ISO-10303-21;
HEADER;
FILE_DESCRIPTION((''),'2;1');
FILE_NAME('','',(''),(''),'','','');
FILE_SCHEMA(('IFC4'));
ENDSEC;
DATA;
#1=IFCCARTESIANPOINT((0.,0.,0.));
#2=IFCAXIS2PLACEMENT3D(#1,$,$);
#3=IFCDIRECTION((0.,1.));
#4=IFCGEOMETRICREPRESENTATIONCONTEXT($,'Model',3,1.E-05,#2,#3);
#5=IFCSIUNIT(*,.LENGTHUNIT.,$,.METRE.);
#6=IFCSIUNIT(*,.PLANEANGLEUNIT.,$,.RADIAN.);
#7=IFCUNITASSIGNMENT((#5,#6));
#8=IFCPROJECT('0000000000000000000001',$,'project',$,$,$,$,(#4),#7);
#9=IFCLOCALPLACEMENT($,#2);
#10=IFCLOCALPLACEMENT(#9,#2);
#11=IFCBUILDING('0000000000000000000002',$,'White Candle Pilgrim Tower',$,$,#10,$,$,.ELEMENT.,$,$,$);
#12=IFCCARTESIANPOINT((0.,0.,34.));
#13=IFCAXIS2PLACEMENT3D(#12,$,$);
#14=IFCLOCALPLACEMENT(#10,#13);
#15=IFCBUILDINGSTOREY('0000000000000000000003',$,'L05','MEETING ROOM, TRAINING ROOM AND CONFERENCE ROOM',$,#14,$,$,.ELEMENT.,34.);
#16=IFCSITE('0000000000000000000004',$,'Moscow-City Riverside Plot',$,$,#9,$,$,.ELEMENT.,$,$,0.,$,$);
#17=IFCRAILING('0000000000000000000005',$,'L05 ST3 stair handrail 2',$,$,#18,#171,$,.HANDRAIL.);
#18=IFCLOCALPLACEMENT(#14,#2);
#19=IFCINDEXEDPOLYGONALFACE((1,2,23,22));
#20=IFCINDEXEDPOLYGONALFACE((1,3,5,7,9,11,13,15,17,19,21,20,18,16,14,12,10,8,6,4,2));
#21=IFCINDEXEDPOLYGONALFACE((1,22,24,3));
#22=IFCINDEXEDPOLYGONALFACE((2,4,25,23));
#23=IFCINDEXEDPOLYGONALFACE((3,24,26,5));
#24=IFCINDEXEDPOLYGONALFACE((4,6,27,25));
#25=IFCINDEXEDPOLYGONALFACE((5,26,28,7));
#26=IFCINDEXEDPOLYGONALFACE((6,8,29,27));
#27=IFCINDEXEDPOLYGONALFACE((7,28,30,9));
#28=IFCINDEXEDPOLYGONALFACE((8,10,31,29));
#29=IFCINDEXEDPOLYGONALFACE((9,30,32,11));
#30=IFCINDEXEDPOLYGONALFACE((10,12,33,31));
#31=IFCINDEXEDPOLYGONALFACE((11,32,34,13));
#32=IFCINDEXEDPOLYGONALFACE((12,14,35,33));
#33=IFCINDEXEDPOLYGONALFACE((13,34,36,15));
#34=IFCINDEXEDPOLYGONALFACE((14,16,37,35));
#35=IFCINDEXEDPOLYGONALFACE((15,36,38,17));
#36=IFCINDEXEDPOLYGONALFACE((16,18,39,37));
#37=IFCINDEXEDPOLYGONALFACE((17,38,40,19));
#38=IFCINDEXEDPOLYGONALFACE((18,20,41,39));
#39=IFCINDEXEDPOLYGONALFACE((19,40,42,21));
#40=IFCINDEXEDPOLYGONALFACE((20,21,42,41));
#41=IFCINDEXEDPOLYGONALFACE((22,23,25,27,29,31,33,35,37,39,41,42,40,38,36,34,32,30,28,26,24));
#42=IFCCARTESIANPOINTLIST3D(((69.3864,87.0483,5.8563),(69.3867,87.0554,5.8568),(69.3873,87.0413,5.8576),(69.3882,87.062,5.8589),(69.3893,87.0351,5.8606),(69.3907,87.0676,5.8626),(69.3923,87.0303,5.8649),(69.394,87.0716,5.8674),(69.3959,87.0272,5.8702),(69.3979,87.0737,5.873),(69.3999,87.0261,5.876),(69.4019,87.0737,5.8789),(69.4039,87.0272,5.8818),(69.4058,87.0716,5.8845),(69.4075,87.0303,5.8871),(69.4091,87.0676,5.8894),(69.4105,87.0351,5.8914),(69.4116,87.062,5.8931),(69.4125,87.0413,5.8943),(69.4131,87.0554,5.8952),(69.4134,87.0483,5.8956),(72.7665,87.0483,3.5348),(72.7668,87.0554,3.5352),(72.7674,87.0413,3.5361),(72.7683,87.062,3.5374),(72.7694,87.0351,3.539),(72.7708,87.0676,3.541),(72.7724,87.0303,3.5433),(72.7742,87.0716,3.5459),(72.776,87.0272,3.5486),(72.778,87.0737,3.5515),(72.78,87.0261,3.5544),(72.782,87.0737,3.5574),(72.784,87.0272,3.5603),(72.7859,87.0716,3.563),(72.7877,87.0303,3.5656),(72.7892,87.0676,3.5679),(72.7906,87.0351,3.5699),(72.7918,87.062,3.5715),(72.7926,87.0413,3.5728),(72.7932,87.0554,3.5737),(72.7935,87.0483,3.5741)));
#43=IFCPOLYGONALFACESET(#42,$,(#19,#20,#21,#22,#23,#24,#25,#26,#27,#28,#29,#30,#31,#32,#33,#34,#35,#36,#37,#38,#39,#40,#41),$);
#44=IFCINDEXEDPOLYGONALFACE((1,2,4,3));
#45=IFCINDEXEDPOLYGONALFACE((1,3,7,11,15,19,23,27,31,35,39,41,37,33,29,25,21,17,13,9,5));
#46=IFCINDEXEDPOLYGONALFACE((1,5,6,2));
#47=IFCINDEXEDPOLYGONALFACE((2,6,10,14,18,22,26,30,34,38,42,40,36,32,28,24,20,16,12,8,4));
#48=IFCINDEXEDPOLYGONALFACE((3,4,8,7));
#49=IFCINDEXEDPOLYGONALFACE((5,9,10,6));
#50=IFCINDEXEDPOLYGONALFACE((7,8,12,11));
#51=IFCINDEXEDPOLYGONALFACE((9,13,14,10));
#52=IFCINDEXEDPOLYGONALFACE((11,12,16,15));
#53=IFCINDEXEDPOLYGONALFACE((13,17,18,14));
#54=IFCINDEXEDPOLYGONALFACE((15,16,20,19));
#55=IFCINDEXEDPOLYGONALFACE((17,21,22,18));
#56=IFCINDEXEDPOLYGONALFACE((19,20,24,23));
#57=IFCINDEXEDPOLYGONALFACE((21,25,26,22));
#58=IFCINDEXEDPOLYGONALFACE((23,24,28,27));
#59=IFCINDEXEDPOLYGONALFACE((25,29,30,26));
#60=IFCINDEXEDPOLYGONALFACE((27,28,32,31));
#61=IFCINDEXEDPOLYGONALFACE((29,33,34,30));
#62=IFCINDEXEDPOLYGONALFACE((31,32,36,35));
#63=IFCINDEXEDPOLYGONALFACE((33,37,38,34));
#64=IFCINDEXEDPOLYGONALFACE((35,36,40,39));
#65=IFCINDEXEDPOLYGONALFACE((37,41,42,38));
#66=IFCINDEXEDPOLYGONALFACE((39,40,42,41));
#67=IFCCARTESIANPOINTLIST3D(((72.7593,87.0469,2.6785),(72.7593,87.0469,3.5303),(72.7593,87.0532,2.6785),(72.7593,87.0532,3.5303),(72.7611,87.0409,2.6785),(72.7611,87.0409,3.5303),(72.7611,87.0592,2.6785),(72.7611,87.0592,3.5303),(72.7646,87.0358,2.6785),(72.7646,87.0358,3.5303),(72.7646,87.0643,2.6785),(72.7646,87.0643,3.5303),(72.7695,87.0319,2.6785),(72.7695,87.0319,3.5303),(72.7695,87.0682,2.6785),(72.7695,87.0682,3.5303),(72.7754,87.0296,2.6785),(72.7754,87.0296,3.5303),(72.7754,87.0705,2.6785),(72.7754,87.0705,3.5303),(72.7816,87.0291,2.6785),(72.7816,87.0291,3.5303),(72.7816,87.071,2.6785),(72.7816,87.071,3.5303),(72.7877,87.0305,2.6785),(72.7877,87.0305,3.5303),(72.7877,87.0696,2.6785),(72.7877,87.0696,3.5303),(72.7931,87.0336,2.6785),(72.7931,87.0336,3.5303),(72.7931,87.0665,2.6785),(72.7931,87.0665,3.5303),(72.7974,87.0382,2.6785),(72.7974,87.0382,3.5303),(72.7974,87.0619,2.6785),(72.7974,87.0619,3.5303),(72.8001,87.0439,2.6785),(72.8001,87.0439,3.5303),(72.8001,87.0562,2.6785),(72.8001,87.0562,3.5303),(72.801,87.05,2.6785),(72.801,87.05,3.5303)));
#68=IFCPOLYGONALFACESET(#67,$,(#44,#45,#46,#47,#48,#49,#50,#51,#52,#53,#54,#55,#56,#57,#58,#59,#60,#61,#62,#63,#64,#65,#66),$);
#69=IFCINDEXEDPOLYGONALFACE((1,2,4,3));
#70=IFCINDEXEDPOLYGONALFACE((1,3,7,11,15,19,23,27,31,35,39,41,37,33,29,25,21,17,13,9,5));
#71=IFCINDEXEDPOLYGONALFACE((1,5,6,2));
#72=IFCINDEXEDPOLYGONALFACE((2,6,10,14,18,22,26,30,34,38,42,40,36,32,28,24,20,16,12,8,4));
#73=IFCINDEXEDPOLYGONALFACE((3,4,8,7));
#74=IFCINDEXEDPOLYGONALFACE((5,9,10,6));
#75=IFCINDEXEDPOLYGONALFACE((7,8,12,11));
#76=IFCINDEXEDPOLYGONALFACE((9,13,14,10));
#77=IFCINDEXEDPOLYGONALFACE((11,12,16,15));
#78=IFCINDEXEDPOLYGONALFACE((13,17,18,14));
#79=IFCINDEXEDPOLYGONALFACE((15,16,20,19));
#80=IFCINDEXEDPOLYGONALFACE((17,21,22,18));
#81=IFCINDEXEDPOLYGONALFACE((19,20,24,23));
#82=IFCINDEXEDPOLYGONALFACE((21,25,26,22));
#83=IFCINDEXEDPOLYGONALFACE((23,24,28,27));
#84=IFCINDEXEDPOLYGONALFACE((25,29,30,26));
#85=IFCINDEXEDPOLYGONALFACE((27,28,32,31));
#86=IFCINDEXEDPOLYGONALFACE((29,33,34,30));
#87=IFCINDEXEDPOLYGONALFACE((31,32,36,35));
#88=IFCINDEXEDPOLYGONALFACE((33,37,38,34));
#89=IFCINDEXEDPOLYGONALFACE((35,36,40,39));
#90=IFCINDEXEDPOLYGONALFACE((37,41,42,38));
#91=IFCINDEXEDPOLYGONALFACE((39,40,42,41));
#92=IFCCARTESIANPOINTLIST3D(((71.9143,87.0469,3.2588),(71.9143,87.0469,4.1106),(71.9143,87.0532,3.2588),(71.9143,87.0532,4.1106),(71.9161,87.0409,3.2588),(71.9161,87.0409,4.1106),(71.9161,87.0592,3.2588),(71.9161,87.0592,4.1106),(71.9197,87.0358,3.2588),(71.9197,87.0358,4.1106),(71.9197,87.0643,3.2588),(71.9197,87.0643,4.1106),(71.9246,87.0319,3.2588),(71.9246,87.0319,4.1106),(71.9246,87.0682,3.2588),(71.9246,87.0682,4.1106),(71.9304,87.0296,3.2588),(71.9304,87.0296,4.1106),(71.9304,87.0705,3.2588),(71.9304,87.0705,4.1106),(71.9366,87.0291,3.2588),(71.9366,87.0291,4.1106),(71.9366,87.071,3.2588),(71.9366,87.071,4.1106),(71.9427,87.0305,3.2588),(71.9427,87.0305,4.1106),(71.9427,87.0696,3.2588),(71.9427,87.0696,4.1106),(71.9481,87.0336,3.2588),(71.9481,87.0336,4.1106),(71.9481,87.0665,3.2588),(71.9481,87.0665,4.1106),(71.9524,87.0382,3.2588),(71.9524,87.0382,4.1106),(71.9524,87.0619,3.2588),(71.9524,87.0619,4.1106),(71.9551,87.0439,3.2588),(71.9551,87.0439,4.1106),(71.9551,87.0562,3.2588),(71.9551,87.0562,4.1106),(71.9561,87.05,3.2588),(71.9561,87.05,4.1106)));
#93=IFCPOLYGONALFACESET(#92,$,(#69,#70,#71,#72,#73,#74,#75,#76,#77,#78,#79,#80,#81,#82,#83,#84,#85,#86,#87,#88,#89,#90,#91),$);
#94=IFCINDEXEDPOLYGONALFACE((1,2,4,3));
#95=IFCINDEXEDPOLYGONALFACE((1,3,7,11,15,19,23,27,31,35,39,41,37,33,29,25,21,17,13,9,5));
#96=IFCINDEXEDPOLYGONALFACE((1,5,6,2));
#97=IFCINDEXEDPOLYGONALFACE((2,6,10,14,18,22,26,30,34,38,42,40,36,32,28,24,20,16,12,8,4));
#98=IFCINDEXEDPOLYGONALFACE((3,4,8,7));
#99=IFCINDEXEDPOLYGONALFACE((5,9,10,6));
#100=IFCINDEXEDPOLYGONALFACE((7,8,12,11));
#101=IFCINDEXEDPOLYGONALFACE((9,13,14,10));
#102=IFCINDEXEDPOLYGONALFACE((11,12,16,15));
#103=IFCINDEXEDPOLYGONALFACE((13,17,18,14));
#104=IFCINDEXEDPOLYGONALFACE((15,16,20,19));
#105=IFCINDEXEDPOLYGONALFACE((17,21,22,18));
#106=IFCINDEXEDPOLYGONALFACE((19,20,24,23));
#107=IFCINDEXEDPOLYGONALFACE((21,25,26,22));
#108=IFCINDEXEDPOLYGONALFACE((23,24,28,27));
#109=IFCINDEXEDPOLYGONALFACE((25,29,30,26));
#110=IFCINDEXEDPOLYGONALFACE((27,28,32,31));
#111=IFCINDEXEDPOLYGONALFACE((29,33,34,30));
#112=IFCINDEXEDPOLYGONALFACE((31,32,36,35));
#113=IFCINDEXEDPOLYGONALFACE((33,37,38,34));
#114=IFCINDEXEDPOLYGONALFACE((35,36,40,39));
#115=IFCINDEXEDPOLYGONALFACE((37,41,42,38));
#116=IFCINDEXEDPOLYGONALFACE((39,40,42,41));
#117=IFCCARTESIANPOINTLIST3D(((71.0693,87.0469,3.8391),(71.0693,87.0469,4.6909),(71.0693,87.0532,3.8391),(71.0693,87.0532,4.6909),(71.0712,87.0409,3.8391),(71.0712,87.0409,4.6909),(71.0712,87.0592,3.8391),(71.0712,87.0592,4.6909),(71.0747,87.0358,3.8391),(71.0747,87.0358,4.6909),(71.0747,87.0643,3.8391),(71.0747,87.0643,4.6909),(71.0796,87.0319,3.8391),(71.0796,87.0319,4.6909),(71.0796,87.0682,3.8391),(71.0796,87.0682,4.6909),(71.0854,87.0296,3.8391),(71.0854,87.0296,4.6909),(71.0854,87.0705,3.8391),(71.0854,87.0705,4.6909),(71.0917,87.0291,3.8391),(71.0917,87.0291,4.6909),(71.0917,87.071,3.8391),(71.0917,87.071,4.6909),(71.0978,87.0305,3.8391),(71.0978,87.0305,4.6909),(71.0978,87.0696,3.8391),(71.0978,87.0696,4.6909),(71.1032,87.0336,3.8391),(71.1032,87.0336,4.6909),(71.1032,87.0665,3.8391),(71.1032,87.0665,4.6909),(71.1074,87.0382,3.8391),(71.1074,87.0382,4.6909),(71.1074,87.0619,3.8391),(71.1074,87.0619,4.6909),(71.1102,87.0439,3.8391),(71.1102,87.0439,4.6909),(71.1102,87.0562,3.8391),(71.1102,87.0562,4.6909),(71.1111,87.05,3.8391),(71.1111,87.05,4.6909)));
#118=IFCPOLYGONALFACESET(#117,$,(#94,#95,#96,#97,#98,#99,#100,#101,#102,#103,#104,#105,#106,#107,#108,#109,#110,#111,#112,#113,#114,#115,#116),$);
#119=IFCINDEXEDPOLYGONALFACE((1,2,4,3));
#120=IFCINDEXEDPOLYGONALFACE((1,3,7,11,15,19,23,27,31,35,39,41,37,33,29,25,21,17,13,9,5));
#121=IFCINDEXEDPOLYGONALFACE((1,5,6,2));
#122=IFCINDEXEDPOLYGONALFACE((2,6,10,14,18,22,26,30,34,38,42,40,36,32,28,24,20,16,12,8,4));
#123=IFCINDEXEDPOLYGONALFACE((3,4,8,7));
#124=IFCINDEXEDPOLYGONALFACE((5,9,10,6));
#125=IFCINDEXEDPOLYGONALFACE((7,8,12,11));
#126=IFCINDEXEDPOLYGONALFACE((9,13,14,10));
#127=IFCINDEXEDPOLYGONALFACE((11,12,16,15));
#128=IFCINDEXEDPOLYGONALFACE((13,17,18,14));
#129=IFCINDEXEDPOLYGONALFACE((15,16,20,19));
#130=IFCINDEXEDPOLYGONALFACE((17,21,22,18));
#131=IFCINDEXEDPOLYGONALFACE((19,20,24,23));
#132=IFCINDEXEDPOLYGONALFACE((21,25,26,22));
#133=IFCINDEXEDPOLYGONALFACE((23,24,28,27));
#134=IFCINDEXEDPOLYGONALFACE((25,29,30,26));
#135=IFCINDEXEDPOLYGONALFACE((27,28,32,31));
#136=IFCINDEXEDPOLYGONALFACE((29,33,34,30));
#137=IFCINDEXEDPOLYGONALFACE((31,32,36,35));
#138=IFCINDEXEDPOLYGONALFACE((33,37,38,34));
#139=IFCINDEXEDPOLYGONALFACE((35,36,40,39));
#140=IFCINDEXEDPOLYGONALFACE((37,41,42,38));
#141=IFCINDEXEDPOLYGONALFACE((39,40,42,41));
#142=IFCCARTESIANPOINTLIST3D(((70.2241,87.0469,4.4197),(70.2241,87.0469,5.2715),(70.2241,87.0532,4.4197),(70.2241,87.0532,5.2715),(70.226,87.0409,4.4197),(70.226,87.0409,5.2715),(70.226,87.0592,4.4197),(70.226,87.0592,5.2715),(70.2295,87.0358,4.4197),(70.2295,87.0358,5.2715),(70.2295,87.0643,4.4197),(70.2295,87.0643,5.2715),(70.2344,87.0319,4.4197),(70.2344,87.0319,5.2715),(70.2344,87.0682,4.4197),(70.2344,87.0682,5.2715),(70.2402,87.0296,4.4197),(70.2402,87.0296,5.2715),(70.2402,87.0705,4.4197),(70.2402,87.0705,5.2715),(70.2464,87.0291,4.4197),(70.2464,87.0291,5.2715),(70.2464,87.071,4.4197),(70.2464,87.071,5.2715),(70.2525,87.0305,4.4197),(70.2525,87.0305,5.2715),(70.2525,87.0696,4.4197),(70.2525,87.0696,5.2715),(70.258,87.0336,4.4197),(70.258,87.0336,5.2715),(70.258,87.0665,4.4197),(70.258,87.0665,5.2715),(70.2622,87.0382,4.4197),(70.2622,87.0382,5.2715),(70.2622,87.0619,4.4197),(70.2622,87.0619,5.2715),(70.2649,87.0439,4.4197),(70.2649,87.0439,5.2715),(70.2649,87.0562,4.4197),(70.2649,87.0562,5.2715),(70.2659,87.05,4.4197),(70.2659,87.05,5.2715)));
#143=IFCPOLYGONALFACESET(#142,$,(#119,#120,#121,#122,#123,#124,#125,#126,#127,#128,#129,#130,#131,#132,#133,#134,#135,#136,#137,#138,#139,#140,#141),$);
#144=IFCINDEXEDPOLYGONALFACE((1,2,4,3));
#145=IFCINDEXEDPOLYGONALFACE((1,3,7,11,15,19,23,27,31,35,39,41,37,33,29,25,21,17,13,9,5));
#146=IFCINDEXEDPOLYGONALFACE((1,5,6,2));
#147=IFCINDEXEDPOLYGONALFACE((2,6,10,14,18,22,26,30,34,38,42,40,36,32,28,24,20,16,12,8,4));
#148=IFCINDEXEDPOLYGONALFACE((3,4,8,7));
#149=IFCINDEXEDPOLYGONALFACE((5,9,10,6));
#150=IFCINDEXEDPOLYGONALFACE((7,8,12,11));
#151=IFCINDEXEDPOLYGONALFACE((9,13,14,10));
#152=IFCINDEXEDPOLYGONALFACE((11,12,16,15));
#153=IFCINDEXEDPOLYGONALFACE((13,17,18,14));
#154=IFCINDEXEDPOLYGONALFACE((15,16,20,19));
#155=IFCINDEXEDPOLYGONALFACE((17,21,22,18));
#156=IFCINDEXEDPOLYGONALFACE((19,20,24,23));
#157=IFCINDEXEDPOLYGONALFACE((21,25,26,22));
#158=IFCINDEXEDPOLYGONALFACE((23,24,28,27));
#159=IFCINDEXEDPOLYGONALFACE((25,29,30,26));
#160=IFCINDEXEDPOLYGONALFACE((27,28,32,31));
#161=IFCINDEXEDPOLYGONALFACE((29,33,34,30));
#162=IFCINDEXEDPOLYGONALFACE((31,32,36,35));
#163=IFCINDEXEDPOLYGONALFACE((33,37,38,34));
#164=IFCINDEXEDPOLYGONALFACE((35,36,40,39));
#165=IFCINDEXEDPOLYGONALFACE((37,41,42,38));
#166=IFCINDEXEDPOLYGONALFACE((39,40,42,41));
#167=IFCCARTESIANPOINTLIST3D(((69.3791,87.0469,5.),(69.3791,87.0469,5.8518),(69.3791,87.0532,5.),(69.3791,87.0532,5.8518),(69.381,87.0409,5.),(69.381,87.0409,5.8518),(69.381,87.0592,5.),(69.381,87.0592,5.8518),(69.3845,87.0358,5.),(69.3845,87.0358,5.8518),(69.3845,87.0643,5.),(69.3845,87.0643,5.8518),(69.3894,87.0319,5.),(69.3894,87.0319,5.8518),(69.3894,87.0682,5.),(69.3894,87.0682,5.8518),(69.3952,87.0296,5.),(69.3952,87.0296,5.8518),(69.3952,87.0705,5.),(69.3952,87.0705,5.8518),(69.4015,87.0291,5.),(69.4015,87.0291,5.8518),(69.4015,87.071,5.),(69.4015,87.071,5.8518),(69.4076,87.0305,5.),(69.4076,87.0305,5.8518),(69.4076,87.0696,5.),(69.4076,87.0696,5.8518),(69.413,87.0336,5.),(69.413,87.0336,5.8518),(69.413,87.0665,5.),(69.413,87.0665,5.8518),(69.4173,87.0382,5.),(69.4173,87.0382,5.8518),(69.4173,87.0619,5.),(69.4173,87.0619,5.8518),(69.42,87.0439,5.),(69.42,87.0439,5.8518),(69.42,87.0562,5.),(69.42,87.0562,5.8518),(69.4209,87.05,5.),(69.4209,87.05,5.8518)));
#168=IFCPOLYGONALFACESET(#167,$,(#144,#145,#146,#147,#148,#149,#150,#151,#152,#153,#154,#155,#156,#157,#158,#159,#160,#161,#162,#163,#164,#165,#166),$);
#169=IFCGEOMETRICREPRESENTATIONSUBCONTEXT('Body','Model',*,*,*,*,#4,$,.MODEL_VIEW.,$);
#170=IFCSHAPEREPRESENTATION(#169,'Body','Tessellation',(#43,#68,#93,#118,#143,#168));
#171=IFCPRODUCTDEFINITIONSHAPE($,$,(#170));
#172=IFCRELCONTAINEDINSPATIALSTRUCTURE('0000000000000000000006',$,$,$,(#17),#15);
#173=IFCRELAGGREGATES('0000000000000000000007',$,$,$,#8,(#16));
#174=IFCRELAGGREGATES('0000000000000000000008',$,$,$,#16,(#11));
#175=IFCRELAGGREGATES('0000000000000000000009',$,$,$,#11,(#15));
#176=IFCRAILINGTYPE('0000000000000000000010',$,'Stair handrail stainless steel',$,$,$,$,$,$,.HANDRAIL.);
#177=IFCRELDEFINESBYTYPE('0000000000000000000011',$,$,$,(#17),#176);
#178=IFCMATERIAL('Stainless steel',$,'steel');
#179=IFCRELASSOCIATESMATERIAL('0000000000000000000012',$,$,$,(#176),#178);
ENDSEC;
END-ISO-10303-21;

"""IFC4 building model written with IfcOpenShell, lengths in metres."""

from ifc_helpers import new_model, si_unit, direction, frame, origin, origin_2d, place, context, subcontext, project, spatial, circle, extrude, material, type_object, element, save


model = new_model("IFC4")

# Units and contexts
model_context = context("Model", 3, precision=1e-05, world=origin(), true_north=direction((0.0, 1.0)))
body_context = subcontext(model_context, "Body", "Model", "MODEL_VIEW")
ifc_project = project(units=[si_unit("LENGTHUNIT", "METRE"), si_unit("PLANEANGLEUNIT", "RADIAN")], contexts=[model_context])

# Site, building, storey
site_placement = place(None, origin())
site = spatial("IfcSite", under=ifc_project, at=site_placement, Name="Moscow-City Riverside Plot", CompositionType="ELEMENT", RefElevation=0.0)
building_placement = place(site_placement, origin())
building = spatial("IfcBuilding", under=site, at=building_placement, Name="White Candle Pilgrim Tower", CompositionType="ELEMENT")
storey_placement = place(building_placement, frame((0.0, 0.0, 34.0)))
storey = spatial("IfcBuildingStorey", under=building, at=storey_placement, Name="L05", Description="MEETING ROOM, TRAINING ROOM AND CONFERENCE ROOM", CompositionType="ELEMENT", Elevation=34.0)

# Railing
ifc_material_1 = material(Name="Stainless steel", Category="steel")
railing_type_1 = type_object("IfcRailingType", Name="Stair handrail stainless steel", PredefinedType="HANDRAIL", material=ifc_material_1)
railing_1_placement = place(storey_placement, frame((72.78, 87.05, 2.6785)))
element("IfcRailing", 1, at=railing_1_placement, inside=storey, type_object=railing_type_1, Name="L05 ST3 stair handrail 2", PredefinedType="HANDRAIL", context=body_context, shape_type="SweptSolid", body=[
    extrude(circle(Radius=0.0239, at=origin_2d()), frame((0.0, 0.0, 0.876), z_axis=(-0.824304, 0.0, 0.566147), x_axis=(0.0, -1.0, 0.0)), (0.0, 0.0, 1.0), 4.1006),
    extrude(circle(Radius=0.021, at=origin_2d()), origin(), (0.0, 0.0, 1.0), 0.8518),
    extrude(circle(Radius=0.021, at=origin_2d()), frame((-0.845, 0.0, 0.5803)), (0.0, 0.0, 1.0), 0.8518),
    extrude(circle(Radius=0.021, at=origin_2d()), frame((-1.6899, 0.0, 1.1606)), (0.0, 0.0, 1.0), 0.8518),
    extrude(circle(Radius=0.021, at=origin_2d()), frame((-2.5352, 0.0, 1.7412)), (0.0, 0.0, 1.0), 0.8518),
    extrude(circle(Radius=0.021, at=origin_2d()), frame((-3.3801, 0.0, 2.3215)), (0.0, 0.0, 1.0), 0.8518),
])

save(model, "model.ifc")
